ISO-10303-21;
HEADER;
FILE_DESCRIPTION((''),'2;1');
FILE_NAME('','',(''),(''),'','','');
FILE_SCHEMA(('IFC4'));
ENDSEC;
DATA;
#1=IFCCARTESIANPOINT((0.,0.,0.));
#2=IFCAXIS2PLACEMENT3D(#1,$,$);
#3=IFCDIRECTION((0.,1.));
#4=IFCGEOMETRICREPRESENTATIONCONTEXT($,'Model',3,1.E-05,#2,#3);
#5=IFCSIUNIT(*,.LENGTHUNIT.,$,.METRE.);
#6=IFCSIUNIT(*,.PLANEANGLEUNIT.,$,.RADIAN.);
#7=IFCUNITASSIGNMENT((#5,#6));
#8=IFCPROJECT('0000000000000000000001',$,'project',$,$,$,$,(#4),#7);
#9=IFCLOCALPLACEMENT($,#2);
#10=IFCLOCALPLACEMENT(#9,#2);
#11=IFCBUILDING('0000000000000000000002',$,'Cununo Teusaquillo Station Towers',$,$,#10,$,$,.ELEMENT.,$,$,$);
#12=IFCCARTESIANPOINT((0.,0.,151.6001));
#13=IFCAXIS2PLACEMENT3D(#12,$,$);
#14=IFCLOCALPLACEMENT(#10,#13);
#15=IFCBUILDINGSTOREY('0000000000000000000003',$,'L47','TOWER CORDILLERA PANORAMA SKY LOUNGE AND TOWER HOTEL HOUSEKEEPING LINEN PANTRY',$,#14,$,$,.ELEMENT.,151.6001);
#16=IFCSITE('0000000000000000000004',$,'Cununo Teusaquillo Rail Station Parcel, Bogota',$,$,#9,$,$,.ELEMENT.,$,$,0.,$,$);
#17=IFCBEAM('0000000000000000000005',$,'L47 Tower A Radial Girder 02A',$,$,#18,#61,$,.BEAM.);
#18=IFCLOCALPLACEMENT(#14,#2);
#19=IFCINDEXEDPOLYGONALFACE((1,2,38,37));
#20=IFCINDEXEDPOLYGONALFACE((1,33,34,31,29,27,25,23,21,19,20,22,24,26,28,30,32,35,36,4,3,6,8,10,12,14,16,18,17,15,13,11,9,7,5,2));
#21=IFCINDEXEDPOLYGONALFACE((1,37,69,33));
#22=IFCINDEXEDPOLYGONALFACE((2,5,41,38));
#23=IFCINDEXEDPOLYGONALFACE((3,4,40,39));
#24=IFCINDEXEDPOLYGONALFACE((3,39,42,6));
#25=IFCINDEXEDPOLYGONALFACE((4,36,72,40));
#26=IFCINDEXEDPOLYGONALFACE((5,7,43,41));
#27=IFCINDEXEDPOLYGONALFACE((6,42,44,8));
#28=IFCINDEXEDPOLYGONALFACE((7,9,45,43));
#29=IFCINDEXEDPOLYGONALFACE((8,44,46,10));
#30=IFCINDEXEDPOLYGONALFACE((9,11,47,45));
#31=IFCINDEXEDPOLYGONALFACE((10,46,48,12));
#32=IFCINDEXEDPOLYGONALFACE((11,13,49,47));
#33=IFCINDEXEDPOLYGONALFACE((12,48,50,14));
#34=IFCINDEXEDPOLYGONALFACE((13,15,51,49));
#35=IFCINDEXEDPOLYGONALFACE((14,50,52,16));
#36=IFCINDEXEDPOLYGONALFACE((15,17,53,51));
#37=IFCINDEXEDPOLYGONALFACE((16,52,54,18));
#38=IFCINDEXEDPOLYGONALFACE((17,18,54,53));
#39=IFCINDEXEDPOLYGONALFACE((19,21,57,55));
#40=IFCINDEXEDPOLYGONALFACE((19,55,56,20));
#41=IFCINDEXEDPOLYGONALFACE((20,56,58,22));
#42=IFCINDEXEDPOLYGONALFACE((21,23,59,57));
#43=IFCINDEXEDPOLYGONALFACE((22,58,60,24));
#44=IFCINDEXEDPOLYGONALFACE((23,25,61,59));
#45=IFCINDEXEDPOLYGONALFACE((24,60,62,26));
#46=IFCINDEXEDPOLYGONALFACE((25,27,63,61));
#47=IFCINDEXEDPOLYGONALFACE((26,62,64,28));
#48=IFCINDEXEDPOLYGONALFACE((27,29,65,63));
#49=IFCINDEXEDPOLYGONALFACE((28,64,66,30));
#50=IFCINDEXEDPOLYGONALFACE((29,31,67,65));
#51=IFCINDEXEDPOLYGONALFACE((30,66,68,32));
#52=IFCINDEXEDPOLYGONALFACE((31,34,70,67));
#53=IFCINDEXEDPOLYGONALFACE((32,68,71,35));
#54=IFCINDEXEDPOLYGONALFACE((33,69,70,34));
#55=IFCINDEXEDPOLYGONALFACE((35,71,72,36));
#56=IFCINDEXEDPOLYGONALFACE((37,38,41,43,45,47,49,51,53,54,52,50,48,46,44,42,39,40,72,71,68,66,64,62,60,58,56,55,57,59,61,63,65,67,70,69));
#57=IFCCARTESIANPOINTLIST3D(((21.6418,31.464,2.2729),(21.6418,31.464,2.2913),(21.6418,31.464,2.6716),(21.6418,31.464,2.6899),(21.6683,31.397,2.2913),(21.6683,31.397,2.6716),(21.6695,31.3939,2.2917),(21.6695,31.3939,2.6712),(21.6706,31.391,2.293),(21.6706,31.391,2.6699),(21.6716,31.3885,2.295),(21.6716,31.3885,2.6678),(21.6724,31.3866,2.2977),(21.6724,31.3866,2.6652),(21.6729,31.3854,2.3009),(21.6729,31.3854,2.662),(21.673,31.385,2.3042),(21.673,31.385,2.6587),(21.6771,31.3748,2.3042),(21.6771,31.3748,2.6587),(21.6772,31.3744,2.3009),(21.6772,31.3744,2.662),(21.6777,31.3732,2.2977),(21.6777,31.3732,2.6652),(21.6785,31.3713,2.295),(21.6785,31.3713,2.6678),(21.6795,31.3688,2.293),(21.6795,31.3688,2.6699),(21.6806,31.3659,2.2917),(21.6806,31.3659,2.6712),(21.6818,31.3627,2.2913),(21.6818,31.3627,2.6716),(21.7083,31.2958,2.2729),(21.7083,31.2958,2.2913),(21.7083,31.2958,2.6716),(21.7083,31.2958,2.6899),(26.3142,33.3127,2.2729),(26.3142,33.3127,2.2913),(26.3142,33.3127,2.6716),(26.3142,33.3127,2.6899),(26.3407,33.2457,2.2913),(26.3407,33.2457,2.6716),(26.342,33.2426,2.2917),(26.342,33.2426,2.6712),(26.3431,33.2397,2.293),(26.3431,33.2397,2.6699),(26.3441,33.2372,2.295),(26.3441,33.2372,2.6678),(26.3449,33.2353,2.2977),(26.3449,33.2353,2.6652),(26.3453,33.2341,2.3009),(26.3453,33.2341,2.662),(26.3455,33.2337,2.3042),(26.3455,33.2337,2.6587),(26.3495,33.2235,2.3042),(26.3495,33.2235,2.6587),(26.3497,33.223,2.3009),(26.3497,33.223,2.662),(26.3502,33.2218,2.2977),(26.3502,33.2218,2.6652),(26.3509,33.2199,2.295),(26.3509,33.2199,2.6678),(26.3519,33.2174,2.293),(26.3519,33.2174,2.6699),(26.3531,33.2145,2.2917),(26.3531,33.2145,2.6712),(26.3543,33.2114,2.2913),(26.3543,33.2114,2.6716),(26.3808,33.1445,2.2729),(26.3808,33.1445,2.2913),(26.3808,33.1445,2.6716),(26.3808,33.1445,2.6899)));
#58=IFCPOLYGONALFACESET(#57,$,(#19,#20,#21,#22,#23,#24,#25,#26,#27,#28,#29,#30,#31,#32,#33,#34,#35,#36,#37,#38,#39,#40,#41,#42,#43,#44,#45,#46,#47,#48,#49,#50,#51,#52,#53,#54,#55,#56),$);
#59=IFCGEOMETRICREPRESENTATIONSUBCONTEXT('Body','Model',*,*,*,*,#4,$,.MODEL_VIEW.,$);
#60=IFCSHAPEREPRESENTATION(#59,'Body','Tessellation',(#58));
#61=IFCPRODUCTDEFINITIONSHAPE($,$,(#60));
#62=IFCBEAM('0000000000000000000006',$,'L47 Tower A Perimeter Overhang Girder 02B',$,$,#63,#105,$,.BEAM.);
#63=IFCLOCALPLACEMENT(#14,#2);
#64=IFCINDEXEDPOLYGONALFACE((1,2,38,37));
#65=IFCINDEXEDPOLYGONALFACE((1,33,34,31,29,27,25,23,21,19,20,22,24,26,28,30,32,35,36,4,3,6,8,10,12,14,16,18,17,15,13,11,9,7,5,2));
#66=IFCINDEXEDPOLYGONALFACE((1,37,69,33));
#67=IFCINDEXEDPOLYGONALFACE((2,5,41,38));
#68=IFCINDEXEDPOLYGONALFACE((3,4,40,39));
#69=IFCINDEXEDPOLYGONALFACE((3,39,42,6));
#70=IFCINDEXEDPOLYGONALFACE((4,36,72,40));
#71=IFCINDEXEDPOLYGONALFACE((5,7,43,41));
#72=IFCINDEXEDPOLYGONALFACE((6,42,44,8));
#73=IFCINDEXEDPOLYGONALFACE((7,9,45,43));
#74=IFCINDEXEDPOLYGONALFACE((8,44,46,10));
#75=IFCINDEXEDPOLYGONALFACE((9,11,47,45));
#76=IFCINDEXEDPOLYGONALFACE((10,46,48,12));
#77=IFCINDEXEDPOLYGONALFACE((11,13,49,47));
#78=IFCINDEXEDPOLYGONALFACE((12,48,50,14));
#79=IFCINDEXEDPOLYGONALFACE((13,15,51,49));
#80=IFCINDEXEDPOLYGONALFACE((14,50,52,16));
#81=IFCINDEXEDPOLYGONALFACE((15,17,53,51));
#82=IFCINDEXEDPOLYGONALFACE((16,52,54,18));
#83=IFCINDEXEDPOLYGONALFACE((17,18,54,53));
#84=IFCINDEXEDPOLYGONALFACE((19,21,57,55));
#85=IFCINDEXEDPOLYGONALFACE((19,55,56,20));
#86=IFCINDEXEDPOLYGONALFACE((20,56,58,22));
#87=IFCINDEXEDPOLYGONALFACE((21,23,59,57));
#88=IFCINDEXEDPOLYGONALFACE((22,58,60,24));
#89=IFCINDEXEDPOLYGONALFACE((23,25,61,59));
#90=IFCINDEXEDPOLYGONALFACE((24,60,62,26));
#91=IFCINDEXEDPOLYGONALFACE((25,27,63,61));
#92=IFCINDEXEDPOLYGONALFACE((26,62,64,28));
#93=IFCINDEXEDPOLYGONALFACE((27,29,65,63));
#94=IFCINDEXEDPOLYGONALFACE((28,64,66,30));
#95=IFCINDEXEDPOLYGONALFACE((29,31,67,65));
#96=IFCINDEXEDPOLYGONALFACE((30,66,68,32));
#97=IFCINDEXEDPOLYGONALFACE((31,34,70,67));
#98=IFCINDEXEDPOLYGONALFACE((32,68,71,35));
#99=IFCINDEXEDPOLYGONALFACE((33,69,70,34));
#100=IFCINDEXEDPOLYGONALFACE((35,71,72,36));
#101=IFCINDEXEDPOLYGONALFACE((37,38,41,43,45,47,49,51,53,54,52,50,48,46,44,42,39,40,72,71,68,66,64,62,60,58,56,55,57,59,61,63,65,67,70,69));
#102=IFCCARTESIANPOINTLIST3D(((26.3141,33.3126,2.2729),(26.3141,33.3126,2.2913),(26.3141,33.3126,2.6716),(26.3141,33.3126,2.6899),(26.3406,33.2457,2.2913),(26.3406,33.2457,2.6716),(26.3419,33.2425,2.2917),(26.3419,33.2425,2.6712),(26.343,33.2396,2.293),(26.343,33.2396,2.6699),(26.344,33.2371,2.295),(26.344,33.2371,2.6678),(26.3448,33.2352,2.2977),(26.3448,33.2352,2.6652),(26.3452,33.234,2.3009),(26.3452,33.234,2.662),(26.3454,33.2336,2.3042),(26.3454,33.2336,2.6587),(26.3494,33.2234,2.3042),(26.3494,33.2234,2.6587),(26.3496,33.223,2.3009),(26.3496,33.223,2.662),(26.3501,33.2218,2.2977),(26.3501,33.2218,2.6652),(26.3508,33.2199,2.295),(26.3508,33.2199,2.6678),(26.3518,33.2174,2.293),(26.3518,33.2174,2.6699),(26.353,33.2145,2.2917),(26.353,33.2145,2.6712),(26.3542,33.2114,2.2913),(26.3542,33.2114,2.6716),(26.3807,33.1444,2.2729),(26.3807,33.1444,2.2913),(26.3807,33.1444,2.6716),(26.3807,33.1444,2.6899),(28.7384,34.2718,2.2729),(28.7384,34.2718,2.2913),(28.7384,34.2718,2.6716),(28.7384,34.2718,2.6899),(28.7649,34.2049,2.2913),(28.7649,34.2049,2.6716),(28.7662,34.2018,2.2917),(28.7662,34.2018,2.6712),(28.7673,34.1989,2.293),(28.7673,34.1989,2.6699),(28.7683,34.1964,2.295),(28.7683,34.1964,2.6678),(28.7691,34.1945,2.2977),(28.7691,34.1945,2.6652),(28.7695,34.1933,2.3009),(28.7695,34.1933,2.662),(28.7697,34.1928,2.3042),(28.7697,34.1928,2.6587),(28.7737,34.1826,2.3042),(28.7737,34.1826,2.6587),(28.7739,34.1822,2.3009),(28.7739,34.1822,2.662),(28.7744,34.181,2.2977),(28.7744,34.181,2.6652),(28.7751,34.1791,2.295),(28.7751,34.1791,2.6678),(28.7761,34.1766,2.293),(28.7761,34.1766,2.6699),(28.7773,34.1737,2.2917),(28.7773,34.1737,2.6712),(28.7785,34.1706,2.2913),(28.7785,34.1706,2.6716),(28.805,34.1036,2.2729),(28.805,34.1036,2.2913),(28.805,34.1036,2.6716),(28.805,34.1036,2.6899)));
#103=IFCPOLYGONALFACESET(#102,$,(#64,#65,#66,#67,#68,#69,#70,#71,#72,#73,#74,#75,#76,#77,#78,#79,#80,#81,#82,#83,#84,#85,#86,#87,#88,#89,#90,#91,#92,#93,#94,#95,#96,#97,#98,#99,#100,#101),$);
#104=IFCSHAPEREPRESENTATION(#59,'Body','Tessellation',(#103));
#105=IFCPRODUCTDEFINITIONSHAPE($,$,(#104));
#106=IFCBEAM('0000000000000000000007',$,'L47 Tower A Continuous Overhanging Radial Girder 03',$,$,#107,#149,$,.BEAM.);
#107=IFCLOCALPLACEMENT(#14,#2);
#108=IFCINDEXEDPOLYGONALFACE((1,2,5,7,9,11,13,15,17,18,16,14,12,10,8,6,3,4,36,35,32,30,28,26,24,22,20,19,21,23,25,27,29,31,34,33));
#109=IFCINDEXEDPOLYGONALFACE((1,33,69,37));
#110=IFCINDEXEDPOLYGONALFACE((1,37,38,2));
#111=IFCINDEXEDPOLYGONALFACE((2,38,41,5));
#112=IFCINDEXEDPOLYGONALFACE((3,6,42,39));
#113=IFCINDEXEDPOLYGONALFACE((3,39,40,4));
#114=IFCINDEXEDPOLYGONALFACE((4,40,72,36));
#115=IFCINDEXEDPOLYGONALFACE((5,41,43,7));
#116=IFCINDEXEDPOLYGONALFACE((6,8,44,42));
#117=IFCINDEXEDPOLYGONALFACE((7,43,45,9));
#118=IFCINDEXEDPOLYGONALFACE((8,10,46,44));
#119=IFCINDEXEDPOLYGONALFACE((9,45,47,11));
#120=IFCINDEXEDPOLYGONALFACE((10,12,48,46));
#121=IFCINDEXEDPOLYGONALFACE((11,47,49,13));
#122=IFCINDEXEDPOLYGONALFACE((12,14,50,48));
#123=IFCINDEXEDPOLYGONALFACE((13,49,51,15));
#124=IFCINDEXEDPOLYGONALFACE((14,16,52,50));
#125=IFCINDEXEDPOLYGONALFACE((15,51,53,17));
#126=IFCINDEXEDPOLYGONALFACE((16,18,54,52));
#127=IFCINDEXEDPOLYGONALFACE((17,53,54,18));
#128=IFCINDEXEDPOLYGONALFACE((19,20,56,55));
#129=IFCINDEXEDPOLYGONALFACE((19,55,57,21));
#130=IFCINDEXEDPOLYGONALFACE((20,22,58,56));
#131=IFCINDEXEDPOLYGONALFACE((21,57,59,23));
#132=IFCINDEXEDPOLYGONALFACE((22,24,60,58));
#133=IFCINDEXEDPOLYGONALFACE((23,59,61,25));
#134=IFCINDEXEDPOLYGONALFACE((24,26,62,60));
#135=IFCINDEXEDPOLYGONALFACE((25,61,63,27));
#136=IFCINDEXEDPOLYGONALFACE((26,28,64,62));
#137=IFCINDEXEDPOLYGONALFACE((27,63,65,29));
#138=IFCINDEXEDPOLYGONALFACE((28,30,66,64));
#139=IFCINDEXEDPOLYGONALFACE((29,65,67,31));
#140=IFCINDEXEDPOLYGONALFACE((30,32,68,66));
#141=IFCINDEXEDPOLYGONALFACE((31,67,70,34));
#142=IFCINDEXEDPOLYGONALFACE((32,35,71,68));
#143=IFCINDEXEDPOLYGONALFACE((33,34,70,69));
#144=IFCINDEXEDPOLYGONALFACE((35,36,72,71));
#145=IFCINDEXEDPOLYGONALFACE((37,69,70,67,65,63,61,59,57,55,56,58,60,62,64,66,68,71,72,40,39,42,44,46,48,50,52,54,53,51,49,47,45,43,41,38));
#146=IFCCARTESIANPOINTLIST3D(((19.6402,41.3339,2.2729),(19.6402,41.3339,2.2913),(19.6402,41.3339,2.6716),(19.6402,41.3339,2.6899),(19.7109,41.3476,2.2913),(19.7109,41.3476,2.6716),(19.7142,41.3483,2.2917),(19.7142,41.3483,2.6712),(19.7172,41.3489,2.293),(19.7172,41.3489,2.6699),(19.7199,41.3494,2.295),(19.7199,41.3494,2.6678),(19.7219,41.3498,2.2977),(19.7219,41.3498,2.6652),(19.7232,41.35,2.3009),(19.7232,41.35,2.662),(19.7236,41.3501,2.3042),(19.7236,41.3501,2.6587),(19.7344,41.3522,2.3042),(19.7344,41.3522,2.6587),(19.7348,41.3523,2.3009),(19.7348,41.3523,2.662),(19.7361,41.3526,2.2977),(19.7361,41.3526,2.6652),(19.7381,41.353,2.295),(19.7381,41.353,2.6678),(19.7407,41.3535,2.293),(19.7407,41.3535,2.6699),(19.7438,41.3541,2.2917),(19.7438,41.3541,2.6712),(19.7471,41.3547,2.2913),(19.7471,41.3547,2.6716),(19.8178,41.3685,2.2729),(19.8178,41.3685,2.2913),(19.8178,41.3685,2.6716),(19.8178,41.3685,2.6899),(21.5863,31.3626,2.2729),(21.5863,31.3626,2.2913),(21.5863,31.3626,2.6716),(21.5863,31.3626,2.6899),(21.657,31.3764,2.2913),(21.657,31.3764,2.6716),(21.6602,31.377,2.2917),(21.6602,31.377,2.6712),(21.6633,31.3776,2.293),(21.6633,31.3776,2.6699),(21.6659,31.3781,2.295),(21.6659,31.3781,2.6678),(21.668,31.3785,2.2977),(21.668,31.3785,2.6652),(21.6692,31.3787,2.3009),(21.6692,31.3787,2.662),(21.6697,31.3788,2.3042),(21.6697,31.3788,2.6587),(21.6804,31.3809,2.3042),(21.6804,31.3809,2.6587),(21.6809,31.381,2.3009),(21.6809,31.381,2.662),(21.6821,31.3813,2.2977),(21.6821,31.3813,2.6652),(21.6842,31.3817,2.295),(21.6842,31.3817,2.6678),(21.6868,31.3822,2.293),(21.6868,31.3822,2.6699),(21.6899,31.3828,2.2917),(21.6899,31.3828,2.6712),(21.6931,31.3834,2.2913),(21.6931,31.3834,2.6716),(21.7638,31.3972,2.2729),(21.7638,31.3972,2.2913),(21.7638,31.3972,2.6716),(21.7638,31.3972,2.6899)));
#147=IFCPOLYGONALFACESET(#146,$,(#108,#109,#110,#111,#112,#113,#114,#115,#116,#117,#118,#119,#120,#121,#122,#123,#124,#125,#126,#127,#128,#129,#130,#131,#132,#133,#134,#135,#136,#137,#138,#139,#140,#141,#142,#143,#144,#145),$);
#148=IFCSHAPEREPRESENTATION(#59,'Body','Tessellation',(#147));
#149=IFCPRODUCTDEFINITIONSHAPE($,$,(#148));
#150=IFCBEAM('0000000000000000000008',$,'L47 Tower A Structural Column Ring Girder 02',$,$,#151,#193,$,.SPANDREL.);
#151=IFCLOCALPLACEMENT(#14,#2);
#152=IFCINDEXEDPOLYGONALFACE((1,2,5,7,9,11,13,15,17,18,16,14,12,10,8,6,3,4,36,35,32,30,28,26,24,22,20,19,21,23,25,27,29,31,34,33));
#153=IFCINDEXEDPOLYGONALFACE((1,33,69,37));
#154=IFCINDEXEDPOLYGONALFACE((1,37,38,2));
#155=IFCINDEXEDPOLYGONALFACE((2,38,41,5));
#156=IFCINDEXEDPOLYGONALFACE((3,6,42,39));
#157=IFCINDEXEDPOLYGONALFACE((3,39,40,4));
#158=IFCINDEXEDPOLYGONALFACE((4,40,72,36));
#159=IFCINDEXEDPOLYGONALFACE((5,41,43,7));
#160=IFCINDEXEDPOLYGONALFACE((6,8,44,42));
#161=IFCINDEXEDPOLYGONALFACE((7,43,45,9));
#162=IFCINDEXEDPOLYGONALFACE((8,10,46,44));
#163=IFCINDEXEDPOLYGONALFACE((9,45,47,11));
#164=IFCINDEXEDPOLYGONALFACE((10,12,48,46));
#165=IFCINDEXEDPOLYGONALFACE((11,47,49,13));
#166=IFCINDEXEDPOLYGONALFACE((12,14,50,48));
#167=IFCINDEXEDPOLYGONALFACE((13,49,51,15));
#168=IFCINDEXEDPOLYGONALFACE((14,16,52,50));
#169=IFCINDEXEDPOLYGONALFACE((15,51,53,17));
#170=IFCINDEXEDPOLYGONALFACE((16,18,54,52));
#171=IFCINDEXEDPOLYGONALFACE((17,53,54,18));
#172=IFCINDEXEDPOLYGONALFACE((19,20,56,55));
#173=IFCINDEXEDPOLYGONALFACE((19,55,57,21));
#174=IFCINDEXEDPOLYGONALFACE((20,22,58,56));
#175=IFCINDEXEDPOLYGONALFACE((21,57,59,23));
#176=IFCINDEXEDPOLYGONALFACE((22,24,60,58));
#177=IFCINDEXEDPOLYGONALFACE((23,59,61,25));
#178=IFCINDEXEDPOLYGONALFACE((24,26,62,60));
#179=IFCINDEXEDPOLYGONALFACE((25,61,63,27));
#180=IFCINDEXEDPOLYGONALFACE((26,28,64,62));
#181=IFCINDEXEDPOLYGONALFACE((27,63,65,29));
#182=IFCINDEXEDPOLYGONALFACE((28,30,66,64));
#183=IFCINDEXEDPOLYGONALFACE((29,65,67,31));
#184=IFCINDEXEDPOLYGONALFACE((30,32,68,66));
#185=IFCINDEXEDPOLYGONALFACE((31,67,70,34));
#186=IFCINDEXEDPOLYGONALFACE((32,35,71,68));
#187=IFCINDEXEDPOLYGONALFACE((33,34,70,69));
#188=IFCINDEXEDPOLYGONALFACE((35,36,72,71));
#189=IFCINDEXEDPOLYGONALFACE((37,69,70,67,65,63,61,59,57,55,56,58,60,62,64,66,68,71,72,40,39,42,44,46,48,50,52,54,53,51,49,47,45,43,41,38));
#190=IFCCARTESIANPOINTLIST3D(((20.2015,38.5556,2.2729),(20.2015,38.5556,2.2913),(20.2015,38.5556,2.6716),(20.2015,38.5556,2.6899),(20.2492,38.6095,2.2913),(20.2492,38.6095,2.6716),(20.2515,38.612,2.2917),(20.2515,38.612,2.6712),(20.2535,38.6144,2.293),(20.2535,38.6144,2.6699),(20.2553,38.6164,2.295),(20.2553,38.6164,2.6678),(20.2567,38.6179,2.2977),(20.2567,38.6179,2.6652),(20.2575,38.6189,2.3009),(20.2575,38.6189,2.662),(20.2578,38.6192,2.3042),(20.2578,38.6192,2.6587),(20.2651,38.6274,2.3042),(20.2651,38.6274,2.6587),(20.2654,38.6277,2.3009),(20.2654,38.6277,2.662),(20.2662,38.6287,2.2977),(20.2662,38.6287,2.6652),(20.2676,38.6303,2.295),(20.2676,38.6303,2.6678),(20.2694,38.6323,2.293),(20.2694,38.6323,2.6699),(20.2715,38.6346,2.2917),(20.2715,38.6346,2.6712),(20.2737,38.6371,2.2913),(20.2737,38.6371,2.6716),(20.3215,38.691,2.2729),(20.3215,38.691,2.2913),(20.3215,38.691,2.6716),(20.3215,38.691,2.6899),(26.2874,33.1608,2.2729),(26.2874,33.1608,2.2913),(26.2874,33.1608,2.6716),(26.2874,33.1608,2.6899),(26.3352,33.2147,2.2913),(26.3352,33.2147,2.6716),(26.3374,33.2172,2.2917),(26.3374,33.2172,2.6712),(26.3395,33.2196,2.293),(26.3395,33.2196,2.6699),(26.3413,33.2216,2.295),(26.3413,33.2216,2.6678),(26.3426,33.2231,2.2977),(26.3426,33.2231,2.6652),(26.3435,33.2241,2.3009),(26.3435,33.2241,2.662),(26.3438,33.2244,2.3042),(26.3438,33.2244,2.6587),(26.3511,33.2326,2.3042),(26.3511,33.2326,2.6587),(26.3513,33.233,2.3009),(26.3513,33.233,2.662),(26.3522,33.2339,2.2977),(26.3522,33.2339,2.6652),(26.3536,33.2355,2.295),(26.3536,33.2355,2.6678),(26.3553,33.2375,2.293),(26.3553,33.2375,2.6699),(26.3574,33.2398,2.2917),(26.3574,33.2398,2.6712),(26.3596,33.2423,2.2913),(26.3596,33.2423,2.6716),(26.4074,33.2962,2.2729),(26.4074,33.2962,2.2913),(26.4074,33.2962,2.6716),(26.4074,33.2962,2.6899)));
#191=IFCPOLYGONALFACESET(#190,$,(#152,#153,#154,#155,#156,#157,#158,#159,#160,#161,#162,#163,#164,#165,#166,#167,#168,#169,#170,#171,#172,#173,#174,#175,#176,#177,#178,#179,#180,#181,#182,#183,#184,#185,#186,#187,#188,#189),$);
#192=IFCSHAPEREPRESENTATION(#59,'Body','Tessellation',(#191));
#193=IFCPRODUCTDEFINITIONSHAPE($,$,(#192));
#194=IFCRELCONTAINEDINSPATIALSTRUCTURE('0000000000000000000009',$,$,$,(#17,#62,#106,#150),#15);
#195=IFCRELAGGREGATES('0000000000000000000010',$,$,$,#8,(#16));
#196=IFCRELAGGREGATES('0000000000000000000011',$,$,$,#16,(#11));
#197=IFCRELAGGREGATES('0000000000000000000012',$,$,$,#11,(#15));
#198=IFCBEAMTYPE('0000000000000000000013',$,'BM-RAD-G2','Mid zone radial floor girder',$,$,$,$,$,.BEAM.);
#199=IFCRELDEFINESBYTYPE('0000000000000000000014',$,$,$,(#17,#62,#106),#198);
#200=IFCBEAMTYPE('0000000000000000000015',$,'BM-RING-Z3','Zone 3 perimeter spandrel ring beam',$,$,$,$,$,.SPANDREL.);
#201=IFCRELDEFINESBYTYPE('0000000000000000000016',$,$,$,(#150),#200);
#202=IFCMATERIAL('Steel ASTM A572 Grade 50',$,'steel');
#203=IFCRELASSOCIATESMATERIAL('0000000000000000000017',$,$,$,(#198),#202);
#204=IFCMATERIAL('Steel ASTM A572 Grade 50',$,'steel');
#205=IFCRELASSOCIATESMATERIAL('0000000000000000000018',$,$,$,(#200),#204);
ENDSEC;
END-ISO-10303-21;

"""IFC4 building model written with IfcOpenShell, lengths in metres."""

from ifc_helpers import new_model, si_unit, direction, frame, origin, origin_2d, place, context, subcontext, project, spatial, i_section, extrude, material, material_profile, profile_set, type_object, element, save


model = new_model("IFC4")

# Units and contexts
model_context = context("Model", 3, precision=1e-05, world=origin(), true_north=direction((0.0, 1.0)))
body_context = subcontext(model_context, "Body", "Model", "MODEL_VIEW")
ifc_project = project(units=[si_unit("LENGTHUNIT", "METRE"), si_unit("PLANEANGLEUNIT", "RADIAN")], contexts=[model_context])

# Site, building, storey
site_placement = place(None, origin())
site = spatial("IfcSite", under=ifc_project, at=site_placement, Name="Cununo Teusaquillo Rail Station Parcel, Bogota", CompositionType="ELEMENT", RefElevation=0.0)
building_placement = place(site_placement, origin())
building = spatial("IfcBuilding", under=site, at=building_placement, Name="Cununo Teusaquillo Station Towers", CompositionType="ELEMENT")
storey_placement = place(building_placement, frame((0.0, 0.0, 151.6001)))
storey = spatial("IfcBuildingStorey", under=building, at=storey_placement, Name="L47", Description="TOWER CORDILLERA PANORAMA SKY LOUNGE AND TOWER HOTEL HOUSEKEEPING LINEN PANTRY", CompositionType="ELEMENT", Elevation=151.6001)

# Beams
ifc_material_1 = material(Name="Steel ASTM A572 Grade 50", Category="steel")
ifc_material_profile_1 = material_profile(ifc_material_1, i_section(OverallWidth=0.1809, OverallDepth=0.417, WebThickness=0.011, FlangeThickness=0.0183, FilletRadius=0.0129, at=origin_2d()), Name="W16X57")
ifc_profile_set_1 = profile_set([ifc_material_profile_1], Name="Steel ASTM A572 Grade 50")
beam_type_1 = type_object("IfcBeamType", Name="BM-RAD-G2", Description="Mid zone radial floor girder", PredefinedType="BEAM", material=ifc_profile_set_1)
beam_1_placement = place(storey_placement, frame((21.675, 31.3799, 2.4814), z_axis=(0.929864, 0.367903, 0.0), x_axis=(-0.367903, 0.929864, 0.0)))
element("IfcBeam", 1, at=beam_1_placement, inside=storey, type_object=beam_type_1, Name="L47 Tower A Radial Girder 02A", PredefinedType="BEAM", context=body_context, shape_type="SweptSolid", body=[
    extrude(i_section(OverallWidth=0.1809, OverallDepth=0.417, WebThickness=0.011, FlangeThickness=0.0183, FilletRadius=0.0129, at=origin_2d()), origin(), (0.0, 0.0, 1.0), 5.0249),
])
beam_2_placement = place(storey_placement, frame((26.3474, 33.2285, 2.4814), z_axis=(0.929859, 0.367917, 0.0), x_axis=(-0.367917, 0.929859, 0.0)))
element("IfcBeam", 2, at=beam_2_placement, inside=storey, type_object=beam_type_1, Name="L47 Tower A Perimeter Overhang Girder 02B", PredefinedType="BEAM", context=body_context, shape_type="SweptSolid", body=[
    extrude(i_section(OverallWidth=0.1809, OverallDepth=0.417, WebThickness=0.011, FlangeThickness=0.0183, FilletRadius=0.0129, at=origin_2d()), origin(), (0.0, 0.0, 1.0), 2.6072),
])
beam_3_placement = place(storey_placement, frame((21.675, 31.3799, 2.4814), z_axis=(-0.191553, 0.981482, 0.0), x_axis=(-0.981482, -0.191553, 0.0)))
element("IfcBeam", 3, at=beam_3_placement, inside=storey, type_object=beam_type_1, Name="L47 Tower A Continuous Overhanging Radial Girder 03", PredefinedType="BEAM", context=body_context, shape_type="SweptSolid", body=[
    extrude(i_section(OverallWidth=0.1809, OverallDepth=0.417, WebThickness=0.011, FlangeThickness=0.0183, FilletRadius=0.0129, at=origin_2d()), origin(), (0.0, 0.0, 1.0), 10.1594),
])
ifc_material_2 = material(Name="Steel ASTM A572 Grade 50", Category="steel")
ifc_material_profile_2 = material_profile(ifc_material_2, i_section(OverallWidth=0.1809, OverallDepth=0.417, WebThickness=0.011, FlangeThickness=0.0183, FilletRadius=0.0129, at=origin_2d()), Name="W16X57")
ifc_profile_set_2 = profile_set([ifc_material_profile_2], Name="Steel ASTM A572 Grade 50")
beam_type_2 = type_object("IfcBeamType", Name="BM-RING-Z3", Description="Zone 3 perimeter spandrel ring beam", PredefinedType="SPANDREL", material=ifc_profile_set_2)
beam_4_placement = place(storey_placement, frame((26.3474, 33.2285, 2.4814), z_axis=(-0.748321, 0.663337, 0.0), x_axis=(-0.663337, -0.748321, 0.0)))
element("IfcBeam", 4, at=beam_4_placement, inside=storey, type_object=beam_type_2, Name="L47 Tower A Structural Column Ring Girder 02", PredefinedType="SPANDREL", context=body_context, shape_type="SweptSolid", body=[
    extrude(i_section(OverallWidth=0.1809, OverallDepth=0.417, WebThickness=0.011, FlangeThickness=0.0183, FilletRadius=0.0129, at=origin_2d()), origin(), (0.0, 0.0, 1.0), 8.1328),
])

save(model, "model.ifc")
